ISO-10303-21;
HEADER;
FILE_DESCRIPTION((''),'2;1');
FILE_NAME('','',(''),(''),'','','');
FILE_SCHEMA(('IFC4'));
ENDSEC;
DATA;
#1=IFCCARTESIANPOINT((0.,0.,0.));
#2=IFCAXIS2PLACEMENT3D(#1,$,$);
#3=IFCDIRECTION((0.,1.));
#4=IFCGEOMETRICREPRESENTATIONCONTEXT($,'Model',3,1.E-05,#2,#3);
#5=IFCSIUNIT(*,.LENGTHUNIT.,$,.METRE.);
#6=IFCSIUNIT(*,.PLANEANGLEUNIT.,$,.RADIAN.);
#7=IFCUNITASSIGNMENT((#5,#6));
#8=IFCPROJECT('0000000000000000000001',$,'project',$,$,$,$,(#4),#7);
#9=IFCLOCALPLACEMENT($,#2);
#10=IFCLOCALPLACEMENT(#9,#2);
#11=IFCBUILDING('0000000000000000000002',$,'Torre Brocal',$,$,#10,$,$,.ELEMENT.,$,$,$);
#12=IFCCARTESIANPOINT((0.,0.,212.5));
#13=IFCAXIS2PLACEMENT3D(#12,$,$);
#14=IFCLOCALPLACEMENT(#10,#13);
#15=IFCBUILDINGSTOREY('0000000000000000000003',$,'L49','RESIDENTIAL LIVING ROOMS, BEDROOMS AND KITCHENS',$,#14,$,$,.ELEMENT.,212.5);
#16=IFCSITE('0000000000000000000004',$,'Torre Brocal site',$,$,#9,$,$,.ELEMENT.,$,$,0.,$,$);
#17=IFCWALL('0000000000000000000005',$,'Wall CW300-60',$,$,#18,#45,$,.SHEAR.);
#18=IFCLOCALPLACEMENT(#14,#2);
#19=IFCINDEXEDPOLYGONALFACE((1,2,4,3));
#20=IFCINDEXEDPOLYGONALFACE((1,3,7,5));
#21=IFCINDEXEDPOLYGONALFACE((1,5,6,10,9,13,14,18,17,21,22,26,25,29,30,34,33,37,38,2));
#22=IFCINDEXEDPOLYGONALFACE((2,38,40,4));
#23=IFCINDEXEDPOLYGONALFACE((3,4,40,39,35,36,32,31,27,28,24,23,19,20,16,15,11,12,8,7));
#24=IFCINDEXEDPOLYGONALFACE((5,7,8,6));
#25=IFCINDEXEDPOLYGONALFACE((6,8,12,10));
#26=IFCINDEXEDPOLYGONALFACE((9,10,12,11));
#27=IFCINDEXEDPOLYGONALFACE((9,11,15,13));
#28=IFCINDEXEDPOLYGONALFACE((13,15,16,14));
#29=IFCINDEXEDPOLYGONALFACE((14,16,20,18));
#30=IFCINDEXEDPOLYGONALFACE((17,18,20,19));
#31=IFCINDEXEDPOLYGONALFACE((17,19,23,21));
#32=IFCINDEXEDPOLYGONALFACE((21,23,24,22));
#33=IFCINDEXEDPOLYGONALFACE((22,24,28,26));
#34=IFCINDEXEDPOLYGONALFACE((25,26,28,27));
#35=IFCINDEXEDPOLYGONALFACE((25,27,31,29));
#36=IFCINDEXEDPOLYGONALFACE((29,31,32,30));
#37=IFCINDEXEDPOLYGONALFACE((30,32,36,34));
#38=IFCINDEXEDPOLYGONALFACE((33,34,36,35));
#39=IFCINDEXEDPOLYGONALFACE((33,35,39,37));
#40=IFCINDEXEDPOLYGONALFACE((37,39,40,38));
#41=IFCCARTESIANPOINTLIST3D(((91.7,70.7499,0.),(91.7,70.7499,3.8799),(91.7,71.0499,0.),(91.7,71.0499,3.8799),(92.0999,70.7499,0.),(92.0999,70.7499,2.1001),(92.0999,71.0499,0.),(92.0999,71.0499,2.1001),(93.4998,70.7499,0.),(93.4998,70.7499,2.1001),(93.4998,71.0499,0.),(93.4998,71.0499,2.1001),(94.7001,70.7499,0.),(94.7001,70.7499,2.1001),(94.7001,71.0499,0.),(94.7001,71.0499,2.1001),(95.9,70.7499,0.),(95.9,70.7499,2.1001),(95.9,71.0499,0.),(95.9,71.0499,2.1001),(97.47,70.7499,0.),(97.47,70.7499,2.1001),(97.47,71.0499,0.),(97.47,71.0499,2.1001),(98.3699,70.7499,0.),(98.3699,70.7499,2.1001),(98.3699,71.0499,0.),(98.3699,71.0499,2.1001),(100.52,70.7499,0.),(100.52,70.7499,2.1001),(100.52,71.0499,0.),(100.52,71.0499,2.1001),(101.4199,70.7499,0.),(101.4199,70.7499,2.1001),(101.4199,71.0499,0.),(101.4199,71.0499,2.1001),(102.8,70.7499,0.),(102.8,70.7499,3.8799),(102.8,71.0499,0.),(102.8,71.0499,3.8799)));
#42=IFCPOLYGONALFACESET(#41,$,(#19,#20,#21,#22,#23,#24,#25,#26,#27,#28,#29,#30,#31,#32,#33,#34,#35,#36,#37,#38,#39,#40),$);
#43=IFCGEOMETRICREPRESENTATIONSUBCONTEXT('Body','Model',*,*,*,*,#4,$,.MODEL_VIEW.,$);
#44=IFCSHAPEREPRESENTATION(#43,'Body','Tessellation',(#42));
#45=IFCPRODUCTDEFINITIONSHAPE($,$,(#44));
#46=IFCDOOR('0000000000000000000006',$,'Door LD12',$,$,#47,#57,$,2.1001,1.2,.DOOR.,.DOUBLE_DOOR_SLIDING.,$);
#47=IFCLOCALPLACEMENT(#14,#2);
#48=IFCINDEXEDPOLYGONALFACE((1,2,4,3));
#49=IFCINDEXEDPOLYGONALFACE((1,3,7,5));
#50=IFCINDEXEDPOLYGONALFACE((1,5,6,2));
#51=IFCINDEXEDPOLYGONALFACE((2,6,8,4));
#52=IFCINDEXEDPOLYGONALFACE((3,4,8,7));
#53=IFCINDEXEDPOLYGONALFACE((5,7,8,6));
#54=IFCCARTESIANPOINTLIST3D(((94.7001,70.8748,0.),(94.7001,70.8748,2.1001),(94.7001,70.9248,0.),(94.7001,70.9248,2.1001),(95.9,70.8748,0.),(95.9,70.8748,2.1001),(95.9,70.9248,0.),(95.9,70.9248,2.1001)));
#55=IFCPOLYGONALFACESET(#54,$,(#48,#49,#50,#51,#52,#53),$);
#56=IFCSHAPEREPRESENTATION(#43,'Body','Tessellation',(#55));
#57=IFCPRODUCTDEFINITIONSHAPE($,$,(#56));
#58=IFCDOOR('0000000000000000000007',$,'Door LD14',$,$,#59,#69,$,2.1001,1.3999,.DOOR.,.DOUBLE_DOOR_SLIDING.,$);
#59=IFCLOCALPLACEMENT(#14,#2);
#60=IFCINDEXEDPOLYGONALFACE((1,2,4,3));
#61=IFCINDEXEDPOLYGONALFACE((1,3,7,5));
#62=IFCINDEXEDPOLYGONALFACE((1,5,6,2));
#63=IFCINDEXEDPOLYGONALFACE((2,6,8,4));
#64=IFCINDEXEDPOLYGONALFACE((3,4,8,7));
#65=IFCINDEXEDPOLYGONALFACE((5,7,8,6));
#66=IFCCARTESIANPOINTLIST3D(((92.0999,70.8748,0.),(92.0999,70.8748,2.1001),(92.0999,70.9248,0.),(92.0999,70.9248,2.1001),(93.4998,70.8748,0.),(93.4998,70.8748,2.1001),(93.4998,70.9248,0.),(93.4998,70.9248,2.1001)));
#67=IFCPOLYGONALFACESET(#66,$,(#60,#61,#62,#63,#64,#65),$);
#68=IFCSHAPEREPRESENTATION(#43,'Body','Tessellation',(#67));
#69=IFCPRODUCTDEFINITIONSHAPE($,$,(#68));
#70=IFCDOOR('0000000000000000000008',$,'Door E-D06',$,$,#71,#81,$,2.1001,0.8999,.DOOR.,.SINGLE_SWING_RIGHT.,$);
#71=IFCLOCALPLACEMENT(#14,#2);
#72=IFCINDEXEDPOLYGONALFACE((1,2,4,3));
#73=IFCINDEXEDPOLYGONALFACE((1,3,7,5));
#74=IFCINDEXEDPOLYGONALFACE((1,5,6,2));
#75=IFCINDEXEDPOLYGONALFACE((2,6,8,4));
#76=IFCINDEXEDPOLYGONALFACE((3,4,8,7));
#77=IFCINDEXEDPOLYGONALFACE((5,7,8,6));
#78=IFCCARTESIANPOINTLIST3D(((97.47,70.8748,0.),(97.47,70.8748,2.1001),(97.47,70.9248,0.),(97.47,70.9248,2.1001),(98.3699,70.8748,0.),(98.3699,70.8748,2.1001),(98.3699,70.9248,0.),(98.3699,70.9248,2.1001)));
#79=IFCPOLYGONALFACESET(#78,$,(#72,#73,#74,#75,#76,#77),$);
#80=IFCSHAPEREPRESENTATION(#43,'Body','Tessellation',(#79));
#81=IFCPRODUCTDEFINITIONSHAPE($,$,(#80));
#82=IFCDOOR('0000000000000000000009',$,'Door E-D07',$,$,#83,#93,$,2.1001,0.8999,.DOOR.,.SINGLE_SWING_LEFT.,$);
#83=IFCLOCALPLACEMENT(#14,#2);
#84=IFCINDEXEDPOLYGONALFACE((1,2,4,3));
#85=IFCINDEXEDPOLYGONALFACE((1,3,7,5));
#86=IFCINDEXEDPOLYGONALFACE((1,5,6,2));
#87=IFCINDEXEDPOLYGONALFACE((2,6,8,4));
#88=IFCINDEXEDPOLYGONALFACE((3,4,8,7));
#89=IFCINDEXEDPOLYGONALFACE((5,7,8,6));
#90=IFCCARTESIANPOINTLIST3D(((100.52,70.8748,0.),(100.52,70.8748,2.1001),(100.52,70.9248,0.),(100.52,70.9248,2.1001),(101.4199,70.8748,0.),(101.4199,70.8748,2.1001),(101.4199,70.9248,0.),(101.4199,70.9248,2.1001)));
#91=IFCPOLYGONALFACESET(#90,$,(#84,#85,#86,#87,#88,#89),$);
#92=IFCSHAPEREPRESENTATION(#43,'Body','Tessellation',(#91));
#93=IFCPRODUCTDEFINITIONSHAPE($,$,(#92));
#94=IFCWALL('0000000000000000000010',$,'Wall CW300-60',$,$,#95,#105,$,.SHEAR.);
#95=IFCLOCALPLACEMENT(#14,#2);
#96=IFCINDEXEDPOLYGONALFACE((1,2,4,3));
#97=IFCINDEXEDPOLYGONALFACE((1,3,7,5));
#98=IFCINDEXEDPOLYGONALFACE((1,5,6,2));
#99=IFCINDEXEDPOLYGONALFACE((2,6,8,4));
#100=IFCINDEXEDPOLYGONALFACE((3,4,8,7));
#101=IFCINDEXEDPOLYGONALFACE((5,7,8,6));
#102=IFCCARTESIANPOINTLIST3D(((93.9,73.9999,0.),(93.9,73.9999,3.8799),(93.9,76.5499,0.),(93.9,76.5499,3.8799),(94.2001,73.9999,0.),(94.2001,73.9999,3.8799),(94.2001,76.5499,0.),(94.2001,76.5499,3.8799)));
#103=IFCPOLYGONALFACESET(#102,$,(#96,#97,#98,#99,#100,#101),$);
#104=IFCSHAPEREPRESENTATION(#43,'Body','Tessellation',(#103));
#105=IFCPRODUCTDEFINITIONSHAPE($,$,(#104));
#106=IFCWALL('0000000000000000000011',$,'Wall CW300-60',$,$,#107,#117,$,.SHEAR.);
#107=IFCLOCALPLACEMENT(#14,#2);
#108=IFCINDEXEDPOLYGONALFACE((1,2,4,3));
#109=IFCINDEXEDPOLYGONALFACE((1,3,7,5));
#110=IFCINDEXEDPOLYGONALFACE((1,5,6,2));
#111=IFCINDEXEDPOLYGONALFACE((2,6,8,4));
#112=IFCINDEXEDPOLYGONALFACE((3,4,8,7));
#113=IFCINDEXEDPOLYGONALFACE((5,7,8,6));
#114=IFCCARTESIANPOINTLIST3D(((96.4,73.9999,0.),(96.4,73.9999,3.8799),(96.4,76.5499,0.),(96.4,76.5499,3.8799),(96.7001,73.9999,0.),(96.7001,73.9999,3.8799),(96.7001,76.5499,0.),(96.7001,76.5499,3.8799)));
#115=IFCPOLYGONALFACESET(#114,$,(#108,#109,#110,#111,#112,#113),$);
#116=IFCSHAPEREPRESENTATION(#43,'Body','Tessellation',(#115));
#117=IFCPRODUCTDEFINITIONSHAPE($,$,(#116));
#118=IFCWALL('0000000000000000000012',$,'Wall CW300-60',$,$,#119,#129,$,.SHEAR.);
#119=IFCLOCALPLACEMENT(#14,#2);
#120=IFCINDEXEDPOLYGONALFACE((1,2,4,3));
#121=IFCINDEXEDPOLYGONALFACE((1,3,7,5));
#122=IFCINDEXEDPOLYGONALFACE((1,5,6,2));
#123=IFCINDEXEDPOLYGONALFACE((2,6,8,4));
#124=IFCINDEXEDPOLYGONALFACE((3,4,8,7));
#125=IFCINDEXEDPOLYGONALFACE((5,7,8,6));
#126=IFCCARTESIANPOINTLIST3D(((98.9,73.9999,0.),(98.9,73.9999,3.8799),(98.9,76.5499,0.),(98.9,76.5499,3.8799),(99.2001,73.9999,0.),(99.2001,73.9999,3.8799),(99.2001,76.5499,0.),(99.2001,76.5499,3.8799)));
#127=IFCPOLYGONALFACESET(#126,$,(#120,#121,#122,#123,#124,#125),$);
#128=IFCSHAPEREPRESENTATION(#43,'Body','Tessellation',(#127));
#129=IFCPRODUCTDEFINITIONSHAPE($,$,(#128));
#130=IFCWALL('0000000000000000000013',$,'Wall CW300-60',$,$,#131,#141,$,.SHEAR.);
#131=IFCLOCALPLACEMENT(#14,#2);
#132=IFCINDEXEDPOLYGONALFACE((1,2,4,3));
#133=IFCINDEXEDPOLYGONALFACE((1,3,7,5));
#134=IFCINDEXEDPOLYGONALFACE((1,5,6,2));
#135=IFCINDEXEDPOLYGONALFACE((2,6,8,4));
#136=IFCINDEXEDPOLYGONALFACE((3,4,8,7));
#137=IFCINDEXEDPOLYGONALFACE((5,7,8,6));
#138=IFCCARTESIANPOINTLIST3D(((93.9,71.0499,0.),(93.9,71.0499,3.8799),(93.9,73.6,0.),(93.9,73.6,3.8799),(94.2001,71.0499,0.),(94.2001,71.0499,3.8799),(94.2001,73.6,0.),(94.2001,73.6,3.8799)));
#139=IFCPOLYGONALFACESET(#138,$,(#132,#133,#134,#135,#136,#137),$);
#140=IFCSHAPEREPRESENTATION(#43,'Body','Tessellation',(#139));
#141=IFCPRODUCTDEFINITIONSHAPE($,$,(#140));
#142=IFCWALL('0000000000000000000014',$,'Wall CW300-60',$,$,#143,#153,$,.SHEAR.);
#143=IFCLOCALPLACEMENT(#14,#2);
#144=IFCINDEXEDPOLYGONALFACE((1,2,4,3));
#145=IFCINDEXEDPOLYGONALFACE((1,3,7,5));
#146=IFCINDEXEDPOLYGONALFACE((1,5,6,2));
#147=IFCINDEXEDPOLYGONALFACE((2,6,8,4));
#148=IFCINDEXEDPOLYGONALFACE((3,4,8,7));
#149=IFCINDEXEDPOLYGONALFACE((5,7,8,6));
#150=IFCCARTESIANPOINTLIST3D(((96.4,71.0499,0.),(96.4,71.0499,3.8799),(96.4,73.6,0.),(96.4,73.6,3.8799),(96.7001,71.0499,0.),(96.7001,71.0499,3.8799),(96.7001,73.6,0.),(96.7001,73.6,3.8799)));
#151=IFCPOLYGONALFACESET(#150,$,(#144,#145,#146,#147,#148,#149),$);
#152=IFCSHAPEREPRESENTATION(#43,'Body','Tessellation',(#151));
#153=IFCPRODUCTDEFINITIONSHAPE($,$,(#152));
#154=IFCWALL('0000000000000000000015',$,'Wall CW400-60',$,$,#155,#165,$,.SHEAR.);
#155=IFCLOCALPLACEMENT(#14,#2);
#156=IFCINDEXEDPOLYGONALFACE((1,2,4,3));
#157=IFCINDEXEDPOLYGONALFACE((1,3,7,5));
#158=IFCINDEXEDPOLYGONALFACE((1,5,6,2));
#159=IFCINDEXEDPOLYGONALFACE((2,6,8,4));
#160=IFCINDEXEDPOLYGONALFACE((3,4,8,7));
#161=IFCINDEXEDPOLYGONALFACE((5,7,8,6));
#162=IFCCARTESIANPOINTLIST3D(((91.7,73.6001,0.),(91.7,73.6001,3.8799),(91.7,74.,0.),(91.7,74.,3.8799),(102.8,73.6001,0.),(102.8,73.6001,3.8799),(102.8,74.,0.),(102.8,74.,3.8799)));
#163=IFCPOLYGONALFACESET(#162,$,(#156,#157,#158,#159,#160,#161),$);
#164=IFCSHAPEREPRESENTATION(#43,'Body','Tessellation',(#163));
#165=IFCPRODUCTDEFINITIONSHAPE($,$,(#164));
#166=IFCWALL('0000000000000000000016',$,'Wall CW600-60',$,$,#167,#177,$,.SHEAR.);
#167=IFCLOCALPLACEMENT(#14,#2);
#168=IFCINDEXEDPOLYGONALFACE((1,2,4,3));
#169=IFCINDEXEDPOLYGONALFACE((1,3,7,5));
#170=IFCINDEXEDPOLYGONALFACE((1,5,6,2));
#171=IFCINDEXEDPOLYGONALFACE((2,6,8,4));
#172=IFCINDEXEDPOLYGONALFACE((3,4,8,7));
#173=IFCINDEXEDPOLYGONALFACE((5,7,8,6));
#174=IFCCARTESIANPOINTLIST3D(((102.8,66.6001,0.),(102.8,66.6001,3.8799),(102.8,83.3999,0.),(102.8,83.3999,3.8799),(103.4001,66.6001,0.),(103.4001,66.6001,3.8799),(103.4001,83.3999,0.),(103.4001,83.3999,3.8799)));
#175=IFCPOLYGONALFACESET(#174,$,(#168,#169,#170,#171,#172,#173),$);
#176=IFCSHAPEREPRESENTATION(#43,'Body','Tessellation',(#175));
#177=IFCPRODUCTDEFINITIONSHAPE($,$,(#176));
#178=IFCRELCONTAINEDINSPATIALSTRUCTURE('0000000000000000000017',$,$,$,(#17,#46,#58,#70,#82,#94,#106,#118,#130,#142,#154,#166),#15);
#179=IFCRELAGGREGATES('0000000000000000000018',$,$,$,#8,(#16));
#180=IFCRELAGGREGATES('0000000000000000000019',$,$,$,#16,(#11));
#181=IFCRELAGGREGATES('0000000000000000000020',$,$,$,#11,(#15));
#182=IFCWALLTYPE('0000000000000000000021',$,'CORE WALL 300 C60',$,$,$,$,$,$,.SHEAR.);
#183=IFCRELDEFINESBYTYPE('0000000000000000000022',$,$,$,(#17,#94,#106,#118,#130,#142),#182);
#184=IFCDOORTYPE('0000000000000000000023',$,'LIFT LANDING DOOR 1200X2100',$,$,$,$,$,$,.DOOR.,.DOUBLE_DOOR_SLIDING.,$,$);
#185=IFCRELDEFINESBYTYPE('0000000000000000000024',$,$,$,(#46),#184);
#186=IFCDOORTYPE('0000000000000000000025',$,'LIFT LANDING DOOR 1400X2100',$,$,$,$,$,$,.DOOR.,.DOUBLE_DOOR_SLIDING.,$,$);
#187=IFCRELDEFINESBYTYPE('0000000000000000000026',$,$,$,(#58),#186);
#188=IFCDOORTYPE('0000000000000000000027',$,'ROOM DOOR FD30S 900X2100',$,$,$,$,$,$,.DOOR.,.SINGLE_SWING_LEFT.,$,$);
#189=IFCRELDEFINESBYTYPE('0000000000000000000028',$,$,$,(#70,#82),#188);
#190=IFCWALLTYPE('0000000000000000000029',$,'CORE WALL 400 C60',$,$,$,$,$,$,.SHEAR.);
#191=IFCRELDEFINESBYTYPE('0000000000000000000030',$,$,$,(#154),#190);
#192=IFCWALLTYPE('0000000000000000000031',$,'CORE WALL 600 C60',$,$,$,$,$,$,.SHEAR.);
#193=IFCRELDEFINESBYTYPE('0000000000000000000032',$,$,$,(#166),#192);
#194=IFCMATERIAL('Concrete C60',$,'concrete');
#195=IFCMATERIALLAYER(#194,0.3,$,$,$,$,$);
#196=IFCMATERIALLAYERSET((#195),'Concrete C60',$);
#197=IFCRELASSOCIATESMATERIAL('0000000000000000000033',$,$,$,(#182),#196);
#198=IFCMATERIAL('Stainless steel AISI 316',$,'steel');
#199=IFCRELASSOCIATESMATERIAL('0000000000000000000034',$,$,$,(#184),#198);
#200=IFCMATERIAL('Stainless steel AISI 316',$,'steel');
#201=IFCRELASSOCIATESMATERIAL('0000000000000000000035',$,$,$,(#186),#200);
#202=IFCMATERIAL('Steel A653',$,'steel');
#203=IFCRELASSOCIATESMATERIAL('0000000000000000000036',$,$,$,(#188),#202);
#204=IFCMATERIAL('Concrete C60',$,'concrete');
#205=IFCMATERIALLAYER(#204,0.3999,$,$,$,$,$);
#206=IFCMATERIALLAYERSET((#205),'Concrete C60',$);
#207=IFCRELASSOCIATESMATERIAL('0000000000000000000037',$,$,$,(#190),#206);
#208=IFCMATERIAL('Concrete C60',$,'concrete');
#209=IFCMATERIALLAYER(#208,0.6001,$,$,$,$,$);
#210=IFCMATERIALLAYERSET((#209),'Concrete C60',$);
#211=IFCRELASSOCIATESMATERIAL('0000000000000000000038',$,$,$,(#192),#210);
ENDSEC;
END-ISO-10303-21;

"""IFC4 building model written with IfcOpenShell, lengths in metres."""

from ifc_helpers import new_model, si_unit, direction, frame, frame_2d, origin, place, context, subcontext, project, spatial, rectangle, extrude, material, layer, layer_set, type_object, element, fill, save


model = new_model("IFC4")

# Units and contexts
model_context = context("Model", 3, precision=1e-05, world=origin(), true_north=direction((0.0, 1.0)))
body_context = subcontext(model_context, "Body", "Model", "MODEL_VIEW")
ifc_project = project(units=[si_unit("LENGTHUNIT", "METRE"), si_unit("PLANEANGLEUNIT", "RADIAN")], contexts=[model_context])

# Site, building, storey
site_placement = place(None, origin())
site = spatial("IfcSite", under=ifc_project, at=site_placement, Name="Torre Brocal site", CompositionType="ELEMENT", RefElevation=0.0)
building_placement = place(site_placement, origin())
building = spatial("IfcBuilding", under=site, at=building_placement, Name="Torre Brocal", CompositionType="ELEMENT")
storey_placement = place(building_placement, frame((0.0, 0.0, 212.5)))
storey = spatial("IfcBuildingStorey", under=building, at=storey_placement, Name="L49", Description="RESIDENTIAL LIVING ROOMS, BEDROOMS AND KITCHENS", CompositionType="ELEMENT", Elevation=212.5)

# Shared definitions
ifc_material_1 = material(Name="Concrete C60", Category="concrete")
ifc_layer_1 = layer(ifc_material_1, 0.3)
ifc_layer_set_1 = layer_set([ifc_layer_1], Name="Concrete C60")
wall_type_1 = type_object("IfcWallType", Name="CORE WALL 300 C60", PredefinedType="SHEAR", material=ifc_layer_set_1)

# Wall, openings, doors
wall_1_placement = place(storey_placement, frame((91.7, 70.8999, 0.0), z_axis=(0.0, 0.0, 1.0), x_axis=(1.0, 0.0, 0.0)))
wall_1 = element("IfcWall", 1, at=wall_1_placement, inside=storey, type_object=wall_type_1, Name="Wall CW300-60", PredefinedType="SHEAR", context=body_context, shape_type="SweptSolid", body=[
    extrude(rectangle(XDim=11.1001, YDim=0.3, at=frame_2d((5.55, 0.0))), origin(), (0.0, 0.0, 1.0), 3.8799),
])
opening_1_placement = place(wall_1_placement, frame((0.3999, 0.0, 0.0)))
opening_1 = element("IfcOpeningElement", 2, at=opening_1_placement, cuts=wall_1, PredefinedType="OPENING", context=body_context, shape_type="SweptSolid", body=[
    extrude(rectangle(XDim=1.3999, YDim=2.1001, at=frame_2d((0.7, 1.05))), frame((0.0, 0.1599, 0.0), z_axis=(0.0, -1.0, 0.0), x_axis=(1.0, 0.0, 0.0)), (0.0, 0.0, 1.0), 0.3201),
])
opening_2_placement = place(wall_1_placement, frame((3.0, 0.0, 0.0)))
opening_2 = element("IfcOpeningElement", 3, at=opening_2_placement, cuts=wall_1, PredefinedType="OPENING", context=body_context, shape_type="SweptSolid", body=[
    extrude(rectangle(XDim=1.2, YDim=2.1001, at=frame_2d((0.6001, 1.05))), frame((0.0, 0.1599, 0.0), z_axis=(0.0, -1.0, 0.0), x_axis=(1.0, 0.0, 0.0)), (0.0, 0.0, 1.0), 0.3201),
])
opening_3_placement = place(wall_1_placement, frame((5.77, 0.0, 0.0)))
opening_3 = element("IfcOpeningElement", 4, at=opening_3_placement, cuts=wall_1, PredefinedType="OPENING", context=body_context, shape_type="SweptSolid", body=[
    extrude(rectangle(XDim=0.8999, YDim=2.1001, at=frame_2d((0.45, 1.05))), frame((0.0, 0.1599, 0.0), z_axis=(0.0, -1.0, 0.0), x_axis=(1.0, 0.0, 0.0)), (0.0, 0.0, 1.0), 0.3201),
])
opening_4_placement = place(wall_1_placement, frame((8.8201, 0.0, 0.0)))
opening_4 = element("IfcOpeningElement", 5, at=opening_4_placement, cuts=wall_1, PredefinedType="OPENING", context=body_context, shape_type="SweptSolid", body=[
    extrude(rectangle(XDim=0.8999, YDim=2.1001, at=frame_2d((0.45, 1.05))), frame((0.0, 0.1599, 0.0), z_axis=(0.0, -1.0, 0.0), x_axis=(1.0, 0.0, 0.0)), (0.0, 0.0, 1.0), 0.3201),
])
ifc_material_2 = material(Name="Stainless steel AISI 316", Category="steel")
door_type_1 = type_object("IfcDoorType", Name="LIFT LANDING DOOR 1200X2100", OperationType="DOUBLE_DOOR_SLIDING", PredefinedType="DOOR", material=ifc_material_2)
door_1_placement = place(opening_2_placement, origin())
door_1 = element("IfcDoor", 6, at=door_1_placement, inside=storey, type_object=door_type_1, Name="Door LD12", OperationType="DOUBLE_DOOR_SLIDING", OverallHeight=2.1001, OverallWidth=1.2, PredefinedType="DOOR", context=body_context, shape_type="SweptSolid", body=[
    extrude(rectangle(XDim=1.2, YDim=2.1001, at=frame_2d((0.6001, 1.05))), frame((0.0, 0.0249, 0.0), z_axis=(0.0, -1.0, 0.0), x_axis=(1.0, 0.0, 0.0)), (0.0, 0.0, 1.0), 0.05),
])
fill(opening_2, door_1)
ifc_material_3 = material(Name="Stainless steel AISI 316", Category="steel")
door_type_2 = type_object("IfcDoorType", Name="LIFT LANDING DOOR 1400X2100", OperationType="DOUBLE_DOOR_SLIDING", PredefinedType="DOOR", material=ifc_material_3)
door_2_placement = place(opening_1_placement, origin())
door_2 = element("IfcDoor", 7, at=door_2_placement, inside=storey, type_object=door_type_2, Name="Door LD14", OperationType="DOUBLE_DOOR_SLIDING", OverallHeight=2.1001, OverallWidth=1.3999, PredefinedType="DOOR", context=body_context, shape_type="SweptSolid", body=[
    extrude(rectangle(XDim=1.3999, YDim=2.1001, at=frame_2d((0.7, 1.05))), frame((0.0, 0.0249, 0.0), z_axis=(0.0, -1.0, 0.0), x_axis=(1.0, 0.0, 0.0)), (0.0, 0.0, 1.0), 0.05),
])
fill(opening_1, door_2)
ifc_material_4 = material(Name="Steel A653", Category="steel")
door_type_3 = type_object("IfcDoorType", Name="ROOM DOOR FD30S 900X2100", OperationType="SINGLE_SWING_LEFT", PredefinedType="DOOR", material=ifc_material_4)
door_3_placement = place(opening_3_placement, origin())
door_3 = element("IfcDoor", 8, at=door_3_placement, inside=storey, type_object=door_type_3, Name="Door E-D06", OperationType="SINGLE_SWING_RIGHT", OverallHeight=2.1001, OverallWidth=0.8999, PredefinedType="DOOR", context=body_context, shape_type="SweptSolid", body=[
    extrude(rectangle(XDim=0.8999, YDim=2.1001, at=frame_2d((0.45, 1.05))), frame((0.0, 0.0249, 0.0), z_axis=(0.0, -1.0, 0.0), x_axis=(1.0, 0.0, 0.0)), (0.0, 0.0, 1.0), 0.05),
])
fill(opening_3, door_3)
door_4_placement = place(opening_4_placement, origin())
door_4 = element("IfcDoor", 9, at=door_4_placement, inside=storey, type_object=door_type_3, Name="Door E-D07", OperationType="SINGLE_SWING_LEFT", OverallHeight=2.1001, OverallWidth=0.8999, PredefinedType="DOOR", context=body_context, shape_type="SweptSolid", body=[
    extrude(rectangle(XDim=0.8999, YDim=2.1001, at=frame_2d((0.45, 1.05))), frame((0.0, 0.0249, 0.0), z_axis=(0.0, -1.0, 0.0), x_axis=(1.0, 0.0, 0.0)), (0.0, 0.0, 1.0), 0.05),
])
fill(opening_4, door_4)

# Walls
for number, where, z_axis, x_axis, name in (
    (10, (94.05, 74.0, 0.0), (0.0, 0.0, 1.0), (0.0, 1.0, 0.0), "Wall CW300-60"),
    (11, (96.55, 74.0, 0.0), (0.0, 0.0, 1.0), (0.0, 1.0, 0.0), "Wall CW300-60"),
    (12, (99.05, 74.0, 0.0), (0.0, 0.0, 1.0), (0.0, 1.0, 0.0), "Wall CW300-60"),
    (13, (94.05, 71.05, 0.0), (0.0, 0.0, 1.0), (0.0, 1.0, 0.0), "Wall CW300-60"),
    (14, (96.55, 71.05, 0.0), (0.0, 0.0, 1.0), (0.0, 1.0, 0.0), "Wall CW300-60"),
):
    element("IfcWall", number, at=place(storey_placement, frame(where, z_axis=z_axis, x_axis=x_axis)), inside=storey, type_object=wall_type_1, Name=name, PredefinedType="SHEAR", context=body_context, shape_type="SweptSolid", body=[
        extrude(rectangle(XDim=2.55, YDim=0.3, at=frame_2d((1.2749, 0.0))), origin(), (0.0, 0.0, 1.0), 3.8799),
    ])
ifc_material_5 = material(Name="Concrete C60", Category="concrete")
ifc_layer_2 = layer(ifc_material_5, 0.3999)
ifc_layer_set_2 = layer_set([ifc_layer_2], Name="Concrete C60")
wall_type_2 = type_object("IfcWallType", Name="CORE WALL 400 C60", PredefinedType="SHEAR", material=ifc_layer_set_2)
wall_2_placement = place(storey_placement, frame((91.7, 73.8, 0.0), z_axis=(0.0, 0.0, 1.0), x_axis=(1.0, 0.0, 0.0)))
element("IfcWall", 15, at=wall_2_placement, inside=storey, type_object=wall_type_2, Name="Wall CW400-60", PredefinedType="SHEAR", context=body_context, shape_type="SweptSolid", body=[
    extrude(rectangle(XDim=11.1001, YDim=0.3999, at=frame_2d((5.55, 0.0))), origin(), (0.0, 0.0, 1.0), 3.8799),
])
ifc_material_6 = material(Name="Concrete C60", Category="concrete")
ifc_layer_3 = layer(ifc_material_6, 0.6001)
ifc_layer_set_3 = layer_set([ifc_layer_3], Name="Concrete C60")
wall_type_3 = type_object("IfcWallType", Name="CORE WALL 600 C60", PredefinedType="SHEAR", material=ifc_layer_set_3)
wall_3_placement = place(storey_placement, frame((103.1001, 66.6001, 0.0), z_axis=(0.0, 0.0, 1.0), x_axis=(0.0, 1.0, 0.0)))
element("IfcWall", 16, at=wall_3_placement, inside=storey, type_object=wall_type_3, Name="Wall CW600-60", PredefinedType="SHEAR", context=body_context, shape_type="SweptSolid", body=[
    extrude(rectangle(XDim=16.7998, YDim=0.6001, at=frame_2d((8.3999, 0.0))), origin(), (0.0, 0.0, 1.0), 3.8799),
])

save(model, "model.ifc")
